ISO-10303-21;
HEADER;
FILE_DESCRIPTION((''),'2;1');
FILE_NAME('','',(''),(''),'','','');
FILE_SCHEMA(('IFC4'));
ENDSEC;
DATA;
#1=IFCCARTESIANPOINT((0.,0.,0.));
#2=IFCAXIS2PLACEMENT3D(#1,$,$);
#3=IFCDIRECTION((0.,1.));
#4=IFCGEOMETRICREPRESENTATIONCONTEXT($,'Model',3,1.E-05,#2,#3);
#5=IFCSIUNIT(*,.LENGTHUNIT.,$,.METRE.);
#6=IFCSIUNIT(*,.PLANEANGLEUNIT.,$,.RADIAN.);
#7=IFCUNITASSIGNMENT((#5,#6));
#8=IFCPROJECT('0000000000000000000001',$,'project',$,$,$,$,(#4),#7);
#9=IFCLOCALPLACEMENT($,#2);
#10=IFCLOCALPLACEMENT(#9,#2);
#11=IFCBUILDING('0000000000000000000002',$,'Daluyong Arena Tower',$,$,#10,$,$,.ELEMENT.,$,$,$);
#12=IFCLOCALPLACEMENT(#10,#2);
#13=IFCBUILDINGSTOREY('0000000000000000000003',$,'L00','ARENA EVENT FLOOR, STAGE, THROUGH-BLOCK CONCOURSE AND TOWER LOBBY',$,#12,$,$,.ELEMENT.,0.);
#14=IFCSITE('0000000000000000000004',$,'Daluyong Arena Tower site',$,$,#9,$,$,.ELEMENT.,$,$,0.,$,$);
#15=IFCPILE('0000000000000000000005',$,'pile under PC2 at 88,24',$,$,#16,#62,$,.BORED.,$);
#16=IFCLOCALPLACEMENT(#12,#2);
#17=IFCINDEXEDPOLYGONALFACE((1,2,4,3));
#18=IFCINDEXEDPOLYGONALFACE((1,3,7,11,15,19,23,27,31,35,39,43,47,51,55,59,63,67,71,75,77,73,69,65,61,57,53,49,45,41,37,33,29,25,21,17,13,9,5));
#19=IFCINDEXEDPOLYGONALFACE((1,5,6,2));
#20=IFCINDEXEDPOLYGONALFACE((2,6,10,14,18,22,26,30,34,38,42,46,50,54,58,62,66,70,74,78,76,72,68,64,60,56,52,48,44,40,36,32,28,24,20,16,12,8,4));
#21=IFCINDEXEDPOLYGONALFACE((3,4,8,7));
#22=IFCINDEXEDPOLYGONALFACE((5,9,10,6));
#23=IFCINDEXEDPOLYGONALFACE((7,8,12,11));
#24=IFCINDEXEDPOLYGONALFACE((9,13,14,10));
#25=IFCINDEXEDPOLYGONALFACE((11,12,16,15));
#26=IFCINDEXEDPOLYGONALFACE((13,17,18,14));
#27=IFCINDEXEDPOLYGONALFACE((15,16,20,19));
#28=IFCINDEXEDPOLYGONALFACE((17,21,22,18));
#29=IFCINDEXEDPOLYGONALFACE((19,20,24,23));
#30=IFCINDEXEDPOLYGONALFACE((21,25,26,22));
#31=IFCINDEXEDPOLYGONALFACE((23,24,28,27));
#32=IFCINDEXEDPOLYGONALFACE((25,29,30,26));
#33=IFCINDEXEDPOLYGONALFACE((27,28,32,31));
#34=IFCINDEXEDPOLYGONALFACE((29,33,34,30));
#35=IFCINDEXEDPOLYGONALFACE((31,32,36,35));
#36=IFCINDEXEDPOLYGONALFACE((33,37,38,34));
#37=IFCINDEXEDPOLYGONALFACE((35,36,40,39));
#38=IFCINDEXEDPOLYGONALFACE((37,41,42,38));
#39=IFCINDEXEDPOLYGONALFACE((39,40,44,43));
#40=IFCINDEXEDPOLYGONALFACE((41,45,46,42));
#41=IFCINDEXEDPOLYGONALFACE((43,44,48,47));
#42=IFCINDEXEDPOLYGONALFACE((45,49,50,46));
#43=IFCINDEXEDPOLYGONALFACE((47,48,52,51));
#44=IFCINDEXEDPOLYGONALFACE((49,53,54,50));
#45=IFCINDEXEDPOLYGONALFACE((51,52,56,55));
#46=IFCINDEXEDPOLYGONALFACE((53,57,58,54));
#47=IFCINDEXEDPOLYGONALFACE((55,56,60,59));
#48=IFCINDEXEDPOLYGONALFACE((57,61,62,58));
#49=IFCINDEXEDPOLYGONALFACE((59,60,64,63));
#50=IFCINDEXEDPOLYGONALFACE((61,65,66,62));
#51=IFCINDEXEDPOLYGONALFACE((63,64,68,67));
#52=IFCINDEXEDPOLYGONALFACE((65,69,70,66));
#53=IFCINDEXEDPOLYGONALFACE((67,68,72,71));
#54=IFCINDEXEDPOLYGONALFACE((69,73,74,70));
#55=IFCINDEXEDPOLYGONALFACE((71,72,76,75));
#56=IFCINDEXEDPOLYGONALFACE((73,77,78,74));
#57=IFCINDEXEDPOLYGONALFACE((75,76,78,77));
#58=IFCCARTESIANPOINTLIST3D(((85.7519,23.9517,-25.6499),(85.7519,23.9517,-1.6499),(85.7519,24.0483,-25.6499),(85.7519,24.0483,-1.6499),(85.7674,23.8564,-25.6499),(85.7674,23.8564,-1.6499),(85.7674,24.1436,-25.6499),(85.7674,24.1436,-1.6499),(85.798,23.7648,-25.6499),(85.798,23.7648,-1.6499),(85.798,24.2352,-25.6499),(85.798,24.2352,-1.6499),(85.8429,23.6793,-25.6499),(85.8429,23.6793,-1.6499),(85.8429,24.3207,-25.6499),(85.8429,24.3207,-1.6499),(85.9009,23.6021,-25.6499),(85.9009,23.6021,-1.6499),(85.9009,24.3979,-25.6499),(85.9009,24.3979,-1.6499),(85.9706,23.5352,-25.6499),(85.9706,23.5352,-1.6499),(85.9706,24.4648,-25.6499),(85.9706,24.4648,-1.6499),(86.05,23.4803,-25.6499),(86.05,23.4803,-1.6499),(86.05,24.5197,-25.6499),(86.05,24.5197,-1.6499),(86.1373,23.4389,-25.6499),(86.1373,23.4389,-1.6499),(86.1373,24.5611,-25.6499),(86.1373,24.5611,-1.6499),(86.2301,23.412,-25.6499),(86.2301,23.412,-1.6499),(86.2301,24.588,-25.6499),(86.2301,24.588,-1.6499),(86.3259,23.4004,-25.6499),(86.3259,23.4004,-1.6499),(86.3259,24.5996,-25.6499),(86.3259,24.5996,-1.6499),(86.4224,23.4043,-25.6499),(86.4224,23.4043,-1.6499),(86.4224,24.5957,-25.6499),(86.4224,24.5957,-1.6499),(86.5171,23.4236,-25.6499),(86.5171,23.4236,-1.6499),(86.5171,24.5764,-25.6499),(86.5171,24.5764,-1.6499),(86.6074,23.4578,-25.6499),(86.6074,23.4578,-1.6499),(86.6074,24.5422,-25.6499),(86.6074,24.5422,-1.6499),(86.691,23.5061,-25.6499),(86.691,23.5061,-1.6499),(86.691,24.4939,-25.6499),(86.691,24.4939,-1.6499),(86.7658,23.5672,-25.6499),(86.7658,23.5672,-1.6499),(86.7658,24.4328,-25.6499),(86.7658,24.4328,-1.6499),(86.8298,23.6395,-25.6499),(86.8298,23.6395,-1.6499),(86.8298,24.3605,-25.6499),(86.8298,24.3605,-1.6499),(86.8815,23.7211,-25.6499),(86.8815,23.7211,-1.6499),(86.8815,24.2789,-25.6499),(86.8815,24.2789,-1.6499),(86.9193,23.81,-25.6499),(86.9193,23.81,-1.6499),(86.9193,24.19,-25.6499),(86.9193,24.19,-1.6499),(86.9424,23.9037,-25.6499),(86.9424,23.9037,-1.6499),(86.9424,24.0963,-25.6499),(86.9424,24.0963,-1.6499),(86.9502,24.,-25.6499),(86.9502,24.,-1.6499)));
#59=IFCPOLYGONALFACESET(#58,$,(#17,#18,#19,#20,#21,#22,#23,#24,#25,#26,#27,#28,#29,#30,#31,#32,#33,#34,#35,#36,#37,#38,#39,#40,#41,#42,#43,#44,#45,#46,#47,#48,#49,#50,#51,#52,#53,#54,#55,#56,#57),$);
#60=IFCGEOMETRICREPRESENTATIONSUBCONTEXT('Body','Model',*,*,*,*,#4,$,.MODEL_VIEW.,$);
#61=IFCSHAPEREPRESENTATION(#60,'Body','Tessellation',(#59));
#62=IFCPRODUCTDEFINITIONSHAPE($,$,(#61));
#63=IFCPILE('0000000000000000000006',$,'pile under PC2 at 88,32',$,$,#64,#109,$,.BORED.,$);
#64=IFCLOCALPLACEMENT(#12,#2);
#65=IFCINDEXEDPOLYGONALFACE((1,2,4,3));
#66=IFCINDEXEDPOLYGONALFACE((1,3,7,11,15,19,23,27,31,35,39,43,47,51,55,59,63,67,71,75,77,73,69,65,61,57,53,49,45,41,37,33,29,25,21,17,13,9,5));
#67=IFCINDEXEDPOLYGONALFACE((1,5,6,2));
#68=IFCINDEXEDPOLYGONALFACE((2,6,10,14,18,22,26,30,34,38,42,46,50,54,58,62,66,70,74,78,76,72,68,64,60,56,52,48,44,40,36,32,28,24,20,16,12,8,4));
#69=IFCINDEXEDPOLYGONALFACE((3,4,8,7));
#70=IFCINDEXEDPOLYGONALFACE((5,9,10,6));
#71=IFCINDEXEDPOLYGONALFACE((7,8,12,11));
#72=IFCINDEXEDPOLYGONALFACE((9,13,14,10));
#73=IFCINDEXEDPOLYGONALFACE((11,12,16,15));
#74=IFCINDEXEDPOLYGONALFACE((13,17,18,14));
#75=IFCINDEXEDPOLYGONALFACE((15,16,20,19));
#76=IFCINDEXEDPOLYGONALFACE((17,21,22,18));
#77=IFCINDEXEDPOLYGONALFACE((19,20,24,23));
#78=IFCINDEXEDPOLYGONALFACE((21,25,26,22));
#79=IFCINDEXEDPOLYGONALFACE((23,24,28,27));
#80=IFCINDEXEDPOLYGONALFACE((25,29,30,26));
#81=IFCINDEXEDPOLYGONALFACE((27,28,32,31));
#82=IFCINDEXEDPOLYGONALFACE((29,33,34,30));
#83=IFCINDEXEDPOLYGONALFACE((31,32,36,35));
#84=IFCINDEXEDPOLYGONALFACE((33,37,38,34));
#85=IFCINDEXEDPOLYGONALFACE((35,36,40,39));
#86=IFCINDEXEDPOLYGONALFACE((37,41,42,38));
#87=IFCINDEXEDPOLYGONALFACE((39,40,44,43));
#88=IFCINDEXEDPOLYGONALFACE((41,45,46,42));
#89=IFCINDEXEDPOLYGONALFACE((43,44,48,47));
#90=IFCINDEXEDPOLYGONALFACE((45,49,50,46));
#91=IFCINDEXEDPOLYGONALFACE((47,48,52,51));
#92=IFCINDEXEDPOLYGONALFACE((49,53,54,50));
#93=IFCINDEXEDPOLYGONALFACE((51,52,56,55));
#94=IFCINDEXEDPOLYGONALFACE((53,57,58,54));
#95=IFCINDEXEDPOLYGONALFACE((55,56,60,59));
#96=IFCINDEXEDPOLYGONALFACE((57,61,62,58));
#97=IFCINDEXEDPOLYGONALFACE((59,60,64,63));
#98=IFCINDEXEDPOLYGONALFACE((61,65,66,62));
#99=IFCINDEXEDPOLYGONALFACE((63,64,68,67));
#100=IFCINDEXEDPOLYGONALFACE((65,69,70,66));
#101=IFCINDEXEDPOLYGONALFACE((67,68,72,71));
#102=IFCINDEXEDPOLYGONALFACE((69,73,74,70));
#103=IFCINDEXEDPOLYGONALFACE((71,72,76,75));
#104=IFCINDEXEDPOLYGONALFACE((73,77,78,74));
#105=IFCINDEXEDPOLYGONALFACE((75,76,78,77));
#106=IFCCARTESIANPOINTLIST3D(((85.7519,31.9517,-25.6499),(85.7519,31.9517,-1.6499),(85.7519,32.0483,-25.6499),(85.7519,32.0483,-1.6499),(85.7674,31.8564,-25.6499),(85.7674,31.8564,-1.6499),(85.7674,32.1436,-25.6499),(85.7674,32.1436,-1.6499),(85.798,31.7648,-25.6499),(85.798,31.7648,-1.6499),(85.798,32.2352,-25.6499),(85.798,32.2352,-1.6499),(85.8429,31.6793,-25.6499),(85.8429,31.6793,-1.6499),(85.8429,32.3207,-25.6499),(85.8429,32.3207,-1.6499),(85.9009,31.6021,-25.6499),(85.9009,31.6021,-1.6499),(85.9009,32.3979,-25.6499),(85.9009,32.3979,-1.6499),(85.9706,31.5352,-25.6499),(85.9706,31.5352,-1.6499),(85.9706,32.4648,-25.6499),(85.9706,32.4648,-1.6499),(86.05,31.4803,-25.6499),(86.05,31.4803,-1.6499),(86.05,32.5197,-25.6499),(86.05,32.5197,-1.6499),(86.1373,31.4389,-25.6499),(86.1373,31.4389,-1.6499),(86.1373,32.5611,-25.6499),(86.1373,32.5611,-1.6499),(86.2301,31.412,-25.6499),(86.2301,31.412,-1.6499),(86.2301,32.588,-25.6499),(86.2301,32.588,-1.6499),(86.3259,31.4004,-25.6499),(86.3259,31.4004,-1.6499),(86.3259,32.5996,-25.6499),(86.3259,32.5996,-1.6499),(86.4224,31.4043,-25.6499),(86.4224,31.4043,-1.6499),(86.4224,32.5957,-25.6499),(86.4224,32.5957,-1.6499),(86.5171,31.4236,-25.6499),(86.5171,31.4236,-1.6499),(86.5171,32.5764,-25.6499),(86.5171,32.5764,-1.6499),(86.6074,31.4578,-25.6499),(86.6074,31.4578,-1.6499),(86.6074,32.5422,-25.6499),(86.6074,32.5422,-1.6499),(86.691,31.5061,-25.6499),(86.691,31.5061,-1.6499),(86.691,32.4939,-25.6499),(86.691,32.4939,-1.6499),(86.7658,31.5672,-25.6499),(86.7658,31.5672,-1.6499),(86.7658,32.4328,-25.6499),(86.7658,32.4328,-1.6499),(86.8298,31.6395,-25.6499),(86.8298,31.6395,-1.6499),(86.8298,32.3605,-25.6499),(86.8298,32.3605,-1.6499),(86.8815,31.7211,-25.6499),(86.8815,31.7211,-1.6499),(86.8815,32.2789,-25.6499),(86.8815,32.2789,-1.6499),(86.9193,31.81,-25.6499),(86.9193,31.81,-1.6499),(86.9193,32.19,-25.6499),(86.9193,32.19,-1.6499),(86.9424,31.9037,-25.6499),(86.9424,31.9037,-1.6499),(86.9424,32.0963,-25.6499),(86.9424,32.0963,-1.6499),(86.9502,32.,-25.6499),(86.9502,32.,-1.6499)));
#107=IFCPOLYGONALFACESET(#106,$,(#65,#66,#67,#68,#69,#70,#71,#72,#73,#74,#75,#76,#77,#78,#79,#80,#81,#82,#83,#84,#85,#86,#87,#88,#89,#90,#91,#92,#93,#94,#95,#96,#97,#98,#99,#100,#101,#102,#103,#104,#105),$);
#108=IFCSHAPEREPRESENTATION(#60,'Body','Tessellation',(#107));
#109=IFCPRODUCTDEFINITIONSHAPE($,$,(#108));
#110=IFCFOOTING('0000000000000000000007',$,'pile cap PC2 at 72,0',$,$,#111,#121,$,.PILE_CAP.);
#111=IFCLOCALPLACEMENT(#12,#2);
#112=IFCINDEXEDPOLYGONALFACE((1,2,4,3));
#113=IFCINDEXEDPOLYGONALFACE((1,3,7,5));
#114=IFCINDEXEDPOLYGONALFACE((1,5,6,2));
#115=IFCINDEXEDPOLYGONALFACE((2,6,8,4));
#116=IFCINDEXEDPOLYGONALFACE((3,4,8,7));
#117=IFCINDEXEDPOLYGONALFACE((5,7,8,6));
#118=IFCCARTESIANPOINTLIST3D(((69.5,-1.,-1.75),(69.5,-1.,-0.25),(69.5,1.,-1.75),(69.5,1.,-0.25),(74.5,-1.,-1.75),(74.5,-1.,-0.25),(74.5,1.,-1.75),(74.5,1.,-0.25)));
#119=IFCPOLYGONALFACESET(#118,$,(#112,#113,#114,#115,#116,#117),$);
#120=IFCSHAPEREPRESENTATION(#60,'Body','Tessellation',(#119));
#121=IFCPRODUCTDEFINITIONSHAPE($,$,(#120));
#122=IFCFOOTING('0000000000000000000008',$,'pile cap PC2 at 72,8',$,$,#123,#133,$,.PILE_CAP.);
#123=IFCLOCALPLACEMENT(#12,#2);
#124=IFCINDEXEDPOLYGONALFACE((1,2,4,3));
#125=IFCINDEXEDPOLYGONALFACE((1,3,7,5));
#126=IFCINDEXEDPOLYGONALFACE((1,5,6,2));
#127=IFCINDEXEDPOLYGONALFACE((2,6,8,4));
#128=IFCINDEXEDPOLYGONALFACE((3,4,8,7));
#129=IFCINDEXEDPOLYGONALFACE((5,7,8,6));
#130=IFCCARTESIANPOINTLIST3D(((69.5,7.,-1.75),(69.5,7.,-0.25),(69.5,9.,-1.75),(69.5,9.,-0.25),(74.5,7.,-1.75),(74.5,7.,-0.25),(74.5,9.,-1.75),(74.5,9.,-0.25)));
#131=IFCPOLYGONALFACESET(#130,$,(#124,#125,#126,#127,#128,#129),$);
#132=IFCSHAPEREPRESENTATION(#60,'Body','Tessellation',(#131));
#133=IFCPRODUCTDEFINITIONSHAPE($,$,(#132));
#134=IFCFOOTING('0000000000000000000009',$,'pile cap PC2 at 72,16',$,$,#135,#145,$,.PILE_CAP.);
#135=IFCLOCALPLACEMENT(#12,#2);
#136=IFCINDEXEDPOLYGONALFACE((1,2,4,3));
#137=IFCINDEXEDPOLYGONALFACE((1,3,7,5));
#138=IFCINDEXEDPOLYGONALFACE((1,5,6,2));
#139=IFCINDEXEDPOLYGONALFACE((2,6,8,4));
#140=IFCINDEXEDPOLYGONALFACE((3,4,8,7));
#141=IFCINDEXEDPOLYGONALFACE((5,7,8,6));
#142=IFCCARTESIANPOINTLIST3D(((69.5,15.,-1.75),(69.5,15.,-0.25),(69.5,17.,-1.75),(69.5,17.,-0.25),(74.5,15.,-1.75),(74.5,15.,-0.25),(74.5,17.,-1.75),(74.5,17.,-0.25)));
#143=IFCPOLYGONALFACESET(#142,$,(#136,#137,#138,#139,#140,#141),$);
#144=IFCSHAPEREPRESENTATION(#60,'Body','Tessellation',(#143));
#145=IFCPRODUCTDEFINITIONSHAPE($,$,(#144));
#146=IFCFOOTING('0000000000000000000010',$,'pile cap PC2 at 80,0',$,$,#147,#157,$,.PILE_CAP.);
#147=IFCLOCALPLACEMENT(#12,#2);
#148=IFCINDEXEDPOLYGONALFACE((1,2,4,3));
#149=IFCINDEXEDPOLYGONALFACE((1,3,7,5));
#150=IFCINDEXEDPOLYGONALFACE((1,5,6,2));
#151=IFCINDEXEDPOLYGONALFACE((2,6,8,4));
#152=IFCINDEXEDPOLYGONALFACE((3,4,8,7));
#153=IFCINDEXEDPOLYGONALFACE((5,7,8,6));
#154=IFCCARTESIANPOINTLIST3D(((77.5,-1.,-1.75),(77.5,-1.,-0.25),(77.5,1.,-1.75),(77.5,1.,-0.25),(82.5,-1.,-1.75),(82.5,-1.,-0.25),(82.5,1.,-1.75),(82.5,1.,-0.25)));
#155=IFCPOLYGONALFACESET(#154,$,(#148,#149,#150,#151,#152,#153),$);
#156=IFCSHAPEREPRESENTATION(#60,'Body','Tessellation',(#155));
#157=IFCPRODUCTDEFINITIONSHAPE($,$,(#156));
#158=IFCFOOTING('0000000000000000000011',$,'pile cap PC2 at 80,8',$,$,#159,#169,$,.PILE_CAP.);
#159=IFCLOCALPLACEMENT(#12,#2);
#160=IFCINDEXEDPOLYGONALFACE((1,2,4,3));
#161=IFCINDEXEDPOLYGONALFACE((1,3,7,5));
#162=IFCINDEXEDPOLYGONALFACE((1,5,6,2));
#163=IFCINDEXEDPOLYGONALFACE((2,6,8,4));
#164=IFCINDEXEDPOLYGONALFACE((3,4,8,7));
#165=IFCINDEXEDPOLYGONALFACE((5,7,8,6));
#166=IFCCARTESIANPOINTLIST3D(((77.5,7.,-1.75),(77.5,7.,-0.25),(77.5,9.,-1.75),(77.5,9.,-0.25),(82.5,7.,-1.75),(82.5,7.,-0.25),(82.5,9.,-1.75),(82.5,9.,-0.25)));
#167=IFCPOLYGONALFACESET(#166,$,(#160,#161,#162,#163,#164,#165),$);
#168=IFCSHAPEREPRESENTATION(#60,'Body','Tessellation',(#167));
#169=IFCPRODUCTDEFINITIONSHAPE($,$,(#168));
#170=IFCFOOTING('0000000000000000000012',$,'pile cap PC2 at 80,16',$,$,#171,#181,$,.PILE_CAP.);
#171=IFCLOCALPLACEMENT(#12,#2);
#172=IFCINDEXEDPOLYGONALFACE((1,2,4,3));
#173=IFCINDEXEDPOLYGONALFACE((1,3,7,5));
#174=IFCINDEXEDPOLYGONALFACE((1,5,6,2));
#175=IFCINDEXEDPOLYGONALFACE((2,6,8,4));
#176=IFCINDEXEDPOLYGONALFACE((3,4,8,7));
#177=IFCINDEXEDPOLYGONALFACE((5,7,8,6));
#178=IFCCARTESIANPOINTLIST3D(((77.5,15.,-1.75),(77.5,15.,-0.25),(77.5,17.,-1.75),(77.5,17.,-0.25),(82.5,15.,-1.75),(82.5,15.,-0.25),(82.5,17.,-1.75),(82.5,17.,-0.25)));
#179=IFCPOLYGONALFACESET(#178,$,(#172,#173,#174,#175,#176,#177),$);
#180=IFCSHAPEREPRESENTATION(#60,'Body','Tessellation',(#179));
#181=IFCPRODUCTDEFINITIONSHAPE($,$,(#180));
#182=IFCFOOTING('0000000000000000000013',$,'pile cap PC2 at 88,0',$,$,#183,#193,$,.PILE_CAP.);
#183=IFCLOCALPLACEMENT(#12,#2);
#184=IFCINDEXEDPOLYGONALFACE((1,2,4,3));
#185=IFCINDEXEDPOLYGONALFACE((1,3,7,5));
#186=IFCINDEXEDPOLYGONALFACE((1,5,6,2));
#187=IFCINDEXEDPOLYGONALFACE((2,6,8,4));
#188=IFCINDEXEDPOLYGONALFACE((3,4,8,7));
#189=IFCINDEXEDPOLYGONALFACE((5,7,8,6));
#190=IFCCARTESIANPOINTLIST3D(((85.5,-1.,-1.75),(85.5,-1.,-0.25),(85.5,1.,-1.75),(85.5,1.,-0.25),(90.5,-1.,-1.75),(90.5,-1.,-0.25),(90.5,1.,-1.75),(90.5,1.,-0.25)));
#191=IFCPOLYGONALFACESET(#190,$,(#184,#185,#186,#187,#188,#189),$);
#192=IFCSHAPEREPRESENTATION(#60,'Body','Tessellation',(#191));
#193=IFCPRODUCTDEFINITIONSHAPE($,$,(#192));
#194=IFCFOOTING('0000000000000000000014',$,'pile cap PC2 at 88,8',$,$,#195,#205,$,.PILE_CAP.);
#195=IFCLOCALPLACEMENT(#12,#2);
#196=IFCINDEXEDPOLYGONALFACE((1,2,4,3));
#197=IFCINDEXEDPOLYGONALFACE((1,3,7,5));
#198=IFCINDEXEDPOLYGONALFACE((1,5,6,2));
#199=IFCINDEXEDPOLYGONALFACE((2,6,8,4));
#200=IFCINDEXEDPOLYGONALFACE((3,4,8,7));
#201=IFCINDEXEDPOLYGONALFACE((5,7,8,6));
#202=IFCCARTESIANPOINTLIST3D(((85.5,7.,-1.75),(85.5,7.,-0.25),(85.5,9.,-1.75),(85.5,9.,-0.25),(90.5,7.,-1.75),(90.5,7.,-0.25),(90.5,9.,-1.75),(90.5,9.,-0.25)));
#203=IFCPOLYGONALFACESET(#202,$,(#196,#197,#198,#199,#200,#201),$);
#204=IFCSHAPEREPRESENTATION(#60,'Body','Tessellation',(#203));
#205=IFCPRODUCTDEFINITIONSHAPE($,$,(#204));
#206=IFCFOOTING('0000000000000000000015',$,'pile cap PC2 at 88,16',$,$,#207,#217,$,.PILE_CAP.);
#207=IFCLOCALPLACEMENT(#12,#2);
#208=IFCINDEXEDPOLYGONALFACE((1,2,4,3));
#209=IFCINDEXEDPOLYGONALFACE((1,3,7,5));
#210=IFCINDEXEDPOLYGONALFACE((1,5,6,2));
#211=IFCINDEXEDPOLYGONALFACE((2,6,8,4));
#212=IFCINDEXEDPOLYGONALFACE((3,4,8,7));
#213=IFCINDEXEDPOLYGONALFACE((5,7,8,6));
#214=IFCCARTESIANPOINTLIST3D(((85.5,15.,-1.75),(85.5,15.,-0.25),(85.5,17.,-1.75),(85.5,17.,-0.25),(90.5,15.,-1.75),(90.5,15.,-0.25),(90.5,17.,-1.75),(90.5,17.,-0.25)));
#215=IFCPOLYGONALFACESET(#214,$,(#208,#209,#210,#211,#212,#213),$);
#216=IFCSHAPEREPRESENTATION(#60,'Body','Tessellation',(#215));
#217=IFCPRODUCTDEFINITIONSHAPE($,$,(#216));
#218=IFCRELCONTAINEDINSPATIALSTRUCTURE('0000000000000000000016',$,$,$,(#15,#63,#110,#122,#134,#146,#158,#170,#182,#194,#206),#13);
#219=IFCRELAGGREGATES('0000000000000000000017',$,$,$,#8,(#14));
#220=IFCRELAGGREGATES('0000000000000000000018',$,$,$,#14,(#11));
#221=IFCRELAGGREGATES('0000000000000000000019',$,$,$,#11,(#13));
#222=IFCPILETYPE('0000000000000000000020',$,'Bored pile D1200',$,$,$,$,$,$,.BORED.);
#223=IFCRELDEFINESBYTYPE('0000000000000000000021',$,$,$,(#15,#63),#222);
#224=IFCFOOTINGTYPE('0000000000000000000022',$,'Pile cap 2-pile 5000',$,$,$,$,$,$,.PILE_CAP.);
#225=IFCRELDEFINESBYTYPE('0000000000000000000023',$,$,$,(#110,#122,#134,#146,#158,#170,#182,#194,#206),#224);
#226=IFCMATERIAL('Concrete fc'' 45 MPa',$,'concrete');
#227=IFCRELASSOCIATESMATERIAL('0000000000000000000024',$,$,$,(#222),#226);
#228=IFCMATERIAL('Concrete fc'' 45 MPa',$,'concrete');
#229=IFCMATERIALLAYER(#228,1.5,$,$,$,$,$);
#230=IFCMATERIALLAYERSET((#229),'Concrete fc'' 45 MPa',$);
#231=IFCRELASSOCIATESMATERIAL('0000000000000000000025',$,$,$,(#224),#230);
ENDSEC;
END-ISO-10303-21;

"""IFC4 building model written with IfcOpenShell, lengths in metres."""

from ifc_helpers import new_model, si_unit, direction, frame, origin, origin_2d, place, context, subcontext, project, spatial, rectangle, circle, extrude, material, layer, layer_set, type_object, element, save


model = new_model("IFC4")

# Units and contexts
model_context = context("Model", 3, precision=1e-05, world=origin(), true_north=direction((0.0, 1.0)))
body_context = subcontext(model_context, "Body", "Model", "MODEL_VIEW")
ifc_project = project(units=[si_unit("LENGTHUNIT", "METRE"), si_unit("PLANEANGLEUNIT", "RADIAN")], contexts=[model_context])

# Site, building, storey
site_placement = place(None, origin())
site = spatial("IfcSite", under=ifc_project, at=site_placement, Name="Daluyong Arena Tower site", CompositionType="ELEMENT", RefElevation=0.0)
building_placement = place(site_placement, origin())
building = spatial("IfcBuilding", under=site, at=building_placement, Name="Daluyong Arena Tower", CompositionType="ELEMENT")
storey_placement = place(building_placement, origin())
storey = spatial("IfcBuildingStorey", under=building, at=storey_placement, Name="L00", Description="ARENA EVENT FLOOR, STAGE, THROUGH-BLOCK CONCOURSE AND TOWER LOBBY", CompositionType="ELEMENT", Elevation=0.0)

# Piles
ifc_material_1 = material(Name="Concrete fc' 45 MPa", Category="concrete")
pile_type = type_object("IfcPileType", Name="Bored pile D1200", PredefinedType="BORED", material=ifc_material_1)
for number, where, z_axis, x_axis, name in (
    (1, (86.3501, 24.0, -1.6499), (0.0, 0.0, -1.0), (1.0, 0.0, 0.0), "pile under PC2 at 88,24"),
    (2, (86.3501, 32.0, -1.6499), (0.0, 0.0, -1.0), (1.0, 0.0, 0.0), "pile under PC2 at 88,32"),
):
    element("IfcPile", number, at=place(storey_placement, frame(where, z_axis=z_axis, x_axis=x_axis)), inside=storey, type_object=pile_type, Name=name, PredefinedType="BORED", context=body_context, shape_type="SweptSolid", body=[
        extrude(circle(Radius=0.6001, at=origin_2d()), origin(), (0.0, 0.0, 1.0), 24.0),
    ])

# Footings
ifc_material_2 = material(Name="Concrete fc' 45 MPa", Category="concrete")
ifc_layer_1 = layer(ifc_material_2, 1.5)
ifc_layer_set_1 = layer_set([ifc_layer_1], Name="Concrete fc' 45 MPa")
footing_type = type_object("IfcFootingType", Name="Pile cap 2-pile 5000", PredefinedType="PILE_CAP", material=ifc_layer_set_1)
for number, where, z_axis, x_axis, name in (
    (3, (72.0, 0.0, -1.75), (0.0, 0.0, 1.0), (1.0, 0.0, 0.0), "pile cap PC2 at 72,0"),
    (4, (72.0, 8.0, -1.75), (0.0, 0.0, 1.0), (1.0, 0.0, 0.0), "pile cap PC2 at 72,8"),
    (5, (72.0, 16.0, -1.75), (0.0, 0.0, 1.0), (1.0, 0.0, 0.0), "pile cap PC2 at 72,16"),
    (6, (80.0, 0.0, -1.75), (0.0, 0.0, 1.0), (1.0, 0.0, 0.0), "pile cap PC2 at 80,0"),
    (7, (80.0, 8.0, -1.75), (0.0, 0.0, 1.0), (1.0, 0.0, 0.0), "pile cap PC2 at 80,8"),
    (8, (80.0, 16.0, -1.75), (0.0, 0.0, 1.0), (1.0, 0.0, 0.0), "pile cap PC2 at 80,16"),
    (9, (88.0, 0.0, -1.75), (0.0, 0.0, 1.0), (1.0, 0.0, 0.0), "pile cap PC2 at 88,0"),
    (10, (88.0, 8.0, -1.75), (0.0, 0.0, 1.0), (1.0, 0.0, 0.0), "pile cap PC2 at 88,8"),
    (11, (88.0, 16.0, -1.75), (0.0, 0.0, 1.0), (1.0, 0.0, 0.0), "pile cap PC2 at 88,16"),
):
    element("IfcFooting", number, at=place(storey_placement, frame(where, z_axis=z_axis, x_axis=x_axis)), inside=storey, type_object=footing_type, Name=name, PredefinedType="PILE_CAP", context=body_context, shape_type="SweptSolid", body=[
        extrude(rectangle(XDim=5.0, YDim=2.0, at=origin_2d()), origin(), (0.0, 0.0, 1.0), 1.5),
    ])

save(model, "model.ifc")
